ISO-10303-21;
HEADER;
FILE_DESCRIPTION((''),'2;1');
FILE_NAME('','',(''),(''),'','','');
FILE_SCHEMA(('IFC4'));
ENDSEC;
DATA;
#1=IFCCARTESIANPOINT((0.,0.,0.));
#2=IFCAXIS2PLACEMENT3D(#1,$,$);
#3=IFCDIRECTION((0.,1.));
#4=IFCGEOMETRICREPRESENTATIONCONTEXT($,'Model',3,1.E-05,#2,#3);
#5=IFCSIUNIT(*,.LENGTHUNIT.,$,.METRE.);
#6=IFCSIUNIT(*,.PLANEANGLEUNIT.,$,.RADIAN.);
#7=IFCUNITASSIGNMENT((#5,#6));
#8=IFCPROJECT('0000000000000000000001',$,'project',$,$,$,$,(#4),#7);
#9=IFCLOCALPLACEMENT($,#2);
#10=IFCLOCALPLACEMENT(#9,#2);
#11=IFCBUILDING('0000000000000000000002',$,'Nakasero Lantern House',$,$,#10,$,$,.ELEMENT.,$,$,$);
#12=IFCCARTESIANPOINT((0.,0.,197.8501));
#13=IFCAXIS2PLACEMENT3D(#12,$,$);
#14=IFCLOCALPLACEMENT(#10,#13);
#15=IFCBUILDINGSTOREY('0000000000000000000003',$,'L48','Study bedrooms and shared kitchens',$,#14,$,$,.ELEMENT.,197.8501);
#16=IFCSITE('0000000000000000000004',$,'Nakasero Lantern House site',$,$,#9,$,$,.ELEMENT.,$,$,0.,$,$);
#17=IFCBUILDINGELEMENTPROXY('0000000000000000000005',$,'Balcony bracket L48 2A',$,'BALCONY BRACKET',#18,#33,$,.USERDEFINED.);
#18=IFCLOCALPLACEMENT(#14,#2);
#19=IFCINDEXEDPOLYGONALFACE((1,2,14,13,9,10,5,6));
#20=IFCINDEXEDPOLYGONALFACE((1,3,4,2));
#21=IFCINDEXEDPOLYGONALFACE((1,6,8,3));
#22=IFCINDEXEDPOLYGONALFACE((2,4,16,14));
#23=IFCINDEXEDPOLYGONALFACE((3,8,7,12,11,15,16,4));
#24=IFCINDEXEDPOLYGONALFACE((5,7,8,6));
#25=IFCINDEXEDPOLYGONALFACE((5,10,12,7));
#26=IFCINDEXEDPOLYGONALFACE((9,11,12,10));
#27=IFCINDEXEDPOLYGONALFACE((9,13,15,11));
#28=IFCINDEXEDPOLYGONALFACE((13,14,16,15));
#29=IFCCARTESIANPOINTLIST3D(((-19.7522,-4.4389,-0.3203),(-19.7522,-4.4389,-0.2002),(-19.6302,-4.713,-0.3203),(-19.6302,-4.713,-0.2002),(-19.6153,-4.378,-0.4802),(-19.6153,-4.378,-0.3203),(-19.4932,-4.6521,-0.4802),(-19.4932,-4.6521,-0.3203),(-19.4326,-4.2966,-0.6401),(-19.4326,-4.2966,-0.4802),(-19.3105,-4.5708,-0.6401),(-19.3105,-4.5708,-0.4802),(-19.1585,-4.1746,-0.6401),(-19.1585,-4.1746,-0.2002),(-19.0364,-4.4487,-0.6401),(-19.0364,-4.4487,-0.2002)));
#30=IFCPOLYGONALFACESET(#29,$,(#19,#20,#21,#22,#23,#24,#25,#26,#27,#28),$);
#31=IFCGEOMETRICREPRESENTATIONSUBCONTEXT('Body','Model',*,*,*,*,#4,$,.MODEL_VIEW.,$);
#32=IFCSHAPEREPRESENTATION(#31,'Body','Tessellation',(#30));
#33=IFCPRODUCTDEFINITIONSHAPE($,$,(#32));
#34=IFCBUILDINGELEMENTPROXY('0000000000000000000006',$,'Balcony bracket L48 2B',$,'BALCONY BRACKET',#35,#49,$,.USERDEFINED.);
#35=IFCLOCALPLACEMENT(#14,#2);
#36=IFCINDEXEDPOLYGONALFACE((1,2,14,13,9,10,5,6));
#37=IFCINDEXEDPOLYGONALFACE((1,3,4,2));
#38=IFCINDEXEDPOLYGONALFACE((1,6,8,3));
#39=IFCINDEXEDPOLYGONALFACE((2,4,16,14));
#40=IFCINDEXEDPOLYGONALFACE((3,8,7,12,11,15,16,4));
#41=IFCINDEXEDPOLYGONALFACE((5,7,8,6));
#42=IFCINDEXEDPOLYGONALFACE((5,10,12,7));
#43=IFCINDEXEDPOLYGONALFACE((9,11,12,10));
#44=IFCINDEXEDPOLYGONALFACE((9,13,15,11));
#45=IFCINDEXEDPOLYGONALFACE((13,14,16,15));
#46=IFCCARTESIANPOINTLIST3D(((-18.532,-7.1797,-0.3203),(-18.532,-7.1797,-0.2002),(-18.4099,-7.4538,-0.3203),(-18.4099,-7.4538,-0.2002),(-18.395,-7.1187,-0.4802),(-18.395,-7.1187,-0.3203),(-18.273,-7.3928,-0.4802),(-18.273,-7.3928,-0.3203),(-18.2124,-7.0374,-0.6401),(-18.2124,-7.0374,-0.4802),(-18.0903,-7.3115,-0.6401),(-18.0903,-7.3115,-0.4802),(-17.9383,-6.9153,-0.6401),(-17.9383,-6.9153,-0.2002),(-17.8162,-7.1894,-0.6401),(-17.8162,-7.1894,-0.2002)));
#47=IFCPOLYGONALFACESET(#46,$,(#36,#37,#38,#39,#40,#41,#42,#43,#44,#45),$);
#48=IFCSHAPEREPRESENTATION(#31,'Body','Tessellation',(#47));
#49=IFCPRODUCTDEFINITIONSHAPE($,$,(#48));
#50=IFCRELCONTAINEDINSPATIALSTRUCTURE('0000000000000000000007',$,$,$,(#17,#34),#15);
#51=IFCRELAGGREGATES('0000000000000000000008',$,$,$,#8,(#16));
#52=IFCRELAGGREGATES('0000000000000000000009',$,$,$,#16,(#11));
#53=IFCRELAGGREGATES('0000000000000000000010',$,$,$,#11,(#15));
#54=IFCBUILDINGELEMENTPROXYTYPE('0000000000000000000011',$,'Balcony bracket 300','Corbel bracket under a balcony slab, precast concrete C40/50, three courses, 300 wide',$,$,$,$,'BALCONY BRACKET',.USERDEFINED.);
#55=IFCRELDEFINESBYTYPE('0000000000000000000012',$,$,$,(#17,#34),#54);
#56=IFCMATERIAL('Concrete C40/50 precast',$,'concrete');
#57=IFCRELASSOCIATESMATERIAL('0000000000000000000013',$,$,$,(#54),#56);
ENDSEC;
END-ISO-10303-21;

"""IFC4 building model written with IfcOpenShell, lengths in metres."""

from ifc_helpers import new_model, si_unit, direction, frame, origin, place, context, subcontext, project, spatial, polyline, outline, extrude, material, type_object, element, save


model = new_model("IFC4")

# Units and contexts
model_context = context("Model", 3, precision=1e-05, world=origin(), true_north=direction((0.0, 1.0)))
body_context = subcontext(model_context, "Body", "Model", "MODEL_VIEW")
ifc_project = project(units=[si_unit("LENGTHUNIT", "METRE"), si_unit("PLANEANGLEUNIT", "RADIAN")], contexts=[model_context])

# Site, building, storey
site_placement = place(None, origin())
site = spatial("IfcSite", under=ifc_project, at=site_placement, Name="Nakasero Lantern House site", CompositionType="ELEMENT", RefElevation=0.0)
building_placement = place(site_placement, origin())
building = spatial("IfcBuilding", under=site, at=building_placement, Name="Nakasero Lantern House", CompositionType="ELEMENT")
storey_placement = place(building_placement, frame((0.0, 0.0, 197.8501)))
storey = spatial("IfcBuildingStorey", under=building, at=storey_placement, Name="L48", Description="Study bedrooms and shared kitchens", CompositionType="ELEMENT", Elevation=197.8501)

# Building element proxies
ifc_material_1 = material(Name="Concrete C40/50 precast", Category="concrete")
building_element_proxy_type = type_object("IfcBuildingElementProxyType", Name="Balcony bracket 300", Description="Corbel bracket under a balcony slab, precast concrete C40/50, three courses, 300 wide", ElementType="BALCONY BRACKET", PredefinedType="USERDEFINED", material=ifc_material_1)
for number, where, z_axis, x_axis, name in (
    (1, (-19.0974, -4.3118, -0.2002), (0.0, 0.0, 1.0), (-0.913545, -0.406737, 0.0), "Balcony bracket L48 2A"),
    (2, (-17.8772, -7.0525, -0.2002), (0.0, 0.0, 1.0), (-0.913545, -0.406737, 0.0), "Balcony bracket L48 2B"),
):
    element("IfcBuildingElementProxy", number, at=place(storey_placement, frame(where, z_axis=z_axis, x_axis=x_axis)), inside=storey, type_object=building_element_proxy_type, Name=name, ObjectType="BALCONY BRACKET", PredefinedType="USERDEFINED", context=body_context, shape_type="SweptSolid", body=[
        extrude(outline(polyline([(0.0, 0.0), (0.6499, 0.0), (0.6499, -0.1201), (0.5, -0.1201), (0.5, -0.28), (0.3, -0.28), (0.3, -0.4399), (0.0, -0.4399), (0.0, 0.0)])), frame((0.0, 0.1499, 0.0), z_axis=(0.0, -1.0, 0.0), x_axis=(1.0, 0.0, 0.0)), (0.0, 0.0, 1.0), 0.3),
    ])

save(model, "model.ifc")
